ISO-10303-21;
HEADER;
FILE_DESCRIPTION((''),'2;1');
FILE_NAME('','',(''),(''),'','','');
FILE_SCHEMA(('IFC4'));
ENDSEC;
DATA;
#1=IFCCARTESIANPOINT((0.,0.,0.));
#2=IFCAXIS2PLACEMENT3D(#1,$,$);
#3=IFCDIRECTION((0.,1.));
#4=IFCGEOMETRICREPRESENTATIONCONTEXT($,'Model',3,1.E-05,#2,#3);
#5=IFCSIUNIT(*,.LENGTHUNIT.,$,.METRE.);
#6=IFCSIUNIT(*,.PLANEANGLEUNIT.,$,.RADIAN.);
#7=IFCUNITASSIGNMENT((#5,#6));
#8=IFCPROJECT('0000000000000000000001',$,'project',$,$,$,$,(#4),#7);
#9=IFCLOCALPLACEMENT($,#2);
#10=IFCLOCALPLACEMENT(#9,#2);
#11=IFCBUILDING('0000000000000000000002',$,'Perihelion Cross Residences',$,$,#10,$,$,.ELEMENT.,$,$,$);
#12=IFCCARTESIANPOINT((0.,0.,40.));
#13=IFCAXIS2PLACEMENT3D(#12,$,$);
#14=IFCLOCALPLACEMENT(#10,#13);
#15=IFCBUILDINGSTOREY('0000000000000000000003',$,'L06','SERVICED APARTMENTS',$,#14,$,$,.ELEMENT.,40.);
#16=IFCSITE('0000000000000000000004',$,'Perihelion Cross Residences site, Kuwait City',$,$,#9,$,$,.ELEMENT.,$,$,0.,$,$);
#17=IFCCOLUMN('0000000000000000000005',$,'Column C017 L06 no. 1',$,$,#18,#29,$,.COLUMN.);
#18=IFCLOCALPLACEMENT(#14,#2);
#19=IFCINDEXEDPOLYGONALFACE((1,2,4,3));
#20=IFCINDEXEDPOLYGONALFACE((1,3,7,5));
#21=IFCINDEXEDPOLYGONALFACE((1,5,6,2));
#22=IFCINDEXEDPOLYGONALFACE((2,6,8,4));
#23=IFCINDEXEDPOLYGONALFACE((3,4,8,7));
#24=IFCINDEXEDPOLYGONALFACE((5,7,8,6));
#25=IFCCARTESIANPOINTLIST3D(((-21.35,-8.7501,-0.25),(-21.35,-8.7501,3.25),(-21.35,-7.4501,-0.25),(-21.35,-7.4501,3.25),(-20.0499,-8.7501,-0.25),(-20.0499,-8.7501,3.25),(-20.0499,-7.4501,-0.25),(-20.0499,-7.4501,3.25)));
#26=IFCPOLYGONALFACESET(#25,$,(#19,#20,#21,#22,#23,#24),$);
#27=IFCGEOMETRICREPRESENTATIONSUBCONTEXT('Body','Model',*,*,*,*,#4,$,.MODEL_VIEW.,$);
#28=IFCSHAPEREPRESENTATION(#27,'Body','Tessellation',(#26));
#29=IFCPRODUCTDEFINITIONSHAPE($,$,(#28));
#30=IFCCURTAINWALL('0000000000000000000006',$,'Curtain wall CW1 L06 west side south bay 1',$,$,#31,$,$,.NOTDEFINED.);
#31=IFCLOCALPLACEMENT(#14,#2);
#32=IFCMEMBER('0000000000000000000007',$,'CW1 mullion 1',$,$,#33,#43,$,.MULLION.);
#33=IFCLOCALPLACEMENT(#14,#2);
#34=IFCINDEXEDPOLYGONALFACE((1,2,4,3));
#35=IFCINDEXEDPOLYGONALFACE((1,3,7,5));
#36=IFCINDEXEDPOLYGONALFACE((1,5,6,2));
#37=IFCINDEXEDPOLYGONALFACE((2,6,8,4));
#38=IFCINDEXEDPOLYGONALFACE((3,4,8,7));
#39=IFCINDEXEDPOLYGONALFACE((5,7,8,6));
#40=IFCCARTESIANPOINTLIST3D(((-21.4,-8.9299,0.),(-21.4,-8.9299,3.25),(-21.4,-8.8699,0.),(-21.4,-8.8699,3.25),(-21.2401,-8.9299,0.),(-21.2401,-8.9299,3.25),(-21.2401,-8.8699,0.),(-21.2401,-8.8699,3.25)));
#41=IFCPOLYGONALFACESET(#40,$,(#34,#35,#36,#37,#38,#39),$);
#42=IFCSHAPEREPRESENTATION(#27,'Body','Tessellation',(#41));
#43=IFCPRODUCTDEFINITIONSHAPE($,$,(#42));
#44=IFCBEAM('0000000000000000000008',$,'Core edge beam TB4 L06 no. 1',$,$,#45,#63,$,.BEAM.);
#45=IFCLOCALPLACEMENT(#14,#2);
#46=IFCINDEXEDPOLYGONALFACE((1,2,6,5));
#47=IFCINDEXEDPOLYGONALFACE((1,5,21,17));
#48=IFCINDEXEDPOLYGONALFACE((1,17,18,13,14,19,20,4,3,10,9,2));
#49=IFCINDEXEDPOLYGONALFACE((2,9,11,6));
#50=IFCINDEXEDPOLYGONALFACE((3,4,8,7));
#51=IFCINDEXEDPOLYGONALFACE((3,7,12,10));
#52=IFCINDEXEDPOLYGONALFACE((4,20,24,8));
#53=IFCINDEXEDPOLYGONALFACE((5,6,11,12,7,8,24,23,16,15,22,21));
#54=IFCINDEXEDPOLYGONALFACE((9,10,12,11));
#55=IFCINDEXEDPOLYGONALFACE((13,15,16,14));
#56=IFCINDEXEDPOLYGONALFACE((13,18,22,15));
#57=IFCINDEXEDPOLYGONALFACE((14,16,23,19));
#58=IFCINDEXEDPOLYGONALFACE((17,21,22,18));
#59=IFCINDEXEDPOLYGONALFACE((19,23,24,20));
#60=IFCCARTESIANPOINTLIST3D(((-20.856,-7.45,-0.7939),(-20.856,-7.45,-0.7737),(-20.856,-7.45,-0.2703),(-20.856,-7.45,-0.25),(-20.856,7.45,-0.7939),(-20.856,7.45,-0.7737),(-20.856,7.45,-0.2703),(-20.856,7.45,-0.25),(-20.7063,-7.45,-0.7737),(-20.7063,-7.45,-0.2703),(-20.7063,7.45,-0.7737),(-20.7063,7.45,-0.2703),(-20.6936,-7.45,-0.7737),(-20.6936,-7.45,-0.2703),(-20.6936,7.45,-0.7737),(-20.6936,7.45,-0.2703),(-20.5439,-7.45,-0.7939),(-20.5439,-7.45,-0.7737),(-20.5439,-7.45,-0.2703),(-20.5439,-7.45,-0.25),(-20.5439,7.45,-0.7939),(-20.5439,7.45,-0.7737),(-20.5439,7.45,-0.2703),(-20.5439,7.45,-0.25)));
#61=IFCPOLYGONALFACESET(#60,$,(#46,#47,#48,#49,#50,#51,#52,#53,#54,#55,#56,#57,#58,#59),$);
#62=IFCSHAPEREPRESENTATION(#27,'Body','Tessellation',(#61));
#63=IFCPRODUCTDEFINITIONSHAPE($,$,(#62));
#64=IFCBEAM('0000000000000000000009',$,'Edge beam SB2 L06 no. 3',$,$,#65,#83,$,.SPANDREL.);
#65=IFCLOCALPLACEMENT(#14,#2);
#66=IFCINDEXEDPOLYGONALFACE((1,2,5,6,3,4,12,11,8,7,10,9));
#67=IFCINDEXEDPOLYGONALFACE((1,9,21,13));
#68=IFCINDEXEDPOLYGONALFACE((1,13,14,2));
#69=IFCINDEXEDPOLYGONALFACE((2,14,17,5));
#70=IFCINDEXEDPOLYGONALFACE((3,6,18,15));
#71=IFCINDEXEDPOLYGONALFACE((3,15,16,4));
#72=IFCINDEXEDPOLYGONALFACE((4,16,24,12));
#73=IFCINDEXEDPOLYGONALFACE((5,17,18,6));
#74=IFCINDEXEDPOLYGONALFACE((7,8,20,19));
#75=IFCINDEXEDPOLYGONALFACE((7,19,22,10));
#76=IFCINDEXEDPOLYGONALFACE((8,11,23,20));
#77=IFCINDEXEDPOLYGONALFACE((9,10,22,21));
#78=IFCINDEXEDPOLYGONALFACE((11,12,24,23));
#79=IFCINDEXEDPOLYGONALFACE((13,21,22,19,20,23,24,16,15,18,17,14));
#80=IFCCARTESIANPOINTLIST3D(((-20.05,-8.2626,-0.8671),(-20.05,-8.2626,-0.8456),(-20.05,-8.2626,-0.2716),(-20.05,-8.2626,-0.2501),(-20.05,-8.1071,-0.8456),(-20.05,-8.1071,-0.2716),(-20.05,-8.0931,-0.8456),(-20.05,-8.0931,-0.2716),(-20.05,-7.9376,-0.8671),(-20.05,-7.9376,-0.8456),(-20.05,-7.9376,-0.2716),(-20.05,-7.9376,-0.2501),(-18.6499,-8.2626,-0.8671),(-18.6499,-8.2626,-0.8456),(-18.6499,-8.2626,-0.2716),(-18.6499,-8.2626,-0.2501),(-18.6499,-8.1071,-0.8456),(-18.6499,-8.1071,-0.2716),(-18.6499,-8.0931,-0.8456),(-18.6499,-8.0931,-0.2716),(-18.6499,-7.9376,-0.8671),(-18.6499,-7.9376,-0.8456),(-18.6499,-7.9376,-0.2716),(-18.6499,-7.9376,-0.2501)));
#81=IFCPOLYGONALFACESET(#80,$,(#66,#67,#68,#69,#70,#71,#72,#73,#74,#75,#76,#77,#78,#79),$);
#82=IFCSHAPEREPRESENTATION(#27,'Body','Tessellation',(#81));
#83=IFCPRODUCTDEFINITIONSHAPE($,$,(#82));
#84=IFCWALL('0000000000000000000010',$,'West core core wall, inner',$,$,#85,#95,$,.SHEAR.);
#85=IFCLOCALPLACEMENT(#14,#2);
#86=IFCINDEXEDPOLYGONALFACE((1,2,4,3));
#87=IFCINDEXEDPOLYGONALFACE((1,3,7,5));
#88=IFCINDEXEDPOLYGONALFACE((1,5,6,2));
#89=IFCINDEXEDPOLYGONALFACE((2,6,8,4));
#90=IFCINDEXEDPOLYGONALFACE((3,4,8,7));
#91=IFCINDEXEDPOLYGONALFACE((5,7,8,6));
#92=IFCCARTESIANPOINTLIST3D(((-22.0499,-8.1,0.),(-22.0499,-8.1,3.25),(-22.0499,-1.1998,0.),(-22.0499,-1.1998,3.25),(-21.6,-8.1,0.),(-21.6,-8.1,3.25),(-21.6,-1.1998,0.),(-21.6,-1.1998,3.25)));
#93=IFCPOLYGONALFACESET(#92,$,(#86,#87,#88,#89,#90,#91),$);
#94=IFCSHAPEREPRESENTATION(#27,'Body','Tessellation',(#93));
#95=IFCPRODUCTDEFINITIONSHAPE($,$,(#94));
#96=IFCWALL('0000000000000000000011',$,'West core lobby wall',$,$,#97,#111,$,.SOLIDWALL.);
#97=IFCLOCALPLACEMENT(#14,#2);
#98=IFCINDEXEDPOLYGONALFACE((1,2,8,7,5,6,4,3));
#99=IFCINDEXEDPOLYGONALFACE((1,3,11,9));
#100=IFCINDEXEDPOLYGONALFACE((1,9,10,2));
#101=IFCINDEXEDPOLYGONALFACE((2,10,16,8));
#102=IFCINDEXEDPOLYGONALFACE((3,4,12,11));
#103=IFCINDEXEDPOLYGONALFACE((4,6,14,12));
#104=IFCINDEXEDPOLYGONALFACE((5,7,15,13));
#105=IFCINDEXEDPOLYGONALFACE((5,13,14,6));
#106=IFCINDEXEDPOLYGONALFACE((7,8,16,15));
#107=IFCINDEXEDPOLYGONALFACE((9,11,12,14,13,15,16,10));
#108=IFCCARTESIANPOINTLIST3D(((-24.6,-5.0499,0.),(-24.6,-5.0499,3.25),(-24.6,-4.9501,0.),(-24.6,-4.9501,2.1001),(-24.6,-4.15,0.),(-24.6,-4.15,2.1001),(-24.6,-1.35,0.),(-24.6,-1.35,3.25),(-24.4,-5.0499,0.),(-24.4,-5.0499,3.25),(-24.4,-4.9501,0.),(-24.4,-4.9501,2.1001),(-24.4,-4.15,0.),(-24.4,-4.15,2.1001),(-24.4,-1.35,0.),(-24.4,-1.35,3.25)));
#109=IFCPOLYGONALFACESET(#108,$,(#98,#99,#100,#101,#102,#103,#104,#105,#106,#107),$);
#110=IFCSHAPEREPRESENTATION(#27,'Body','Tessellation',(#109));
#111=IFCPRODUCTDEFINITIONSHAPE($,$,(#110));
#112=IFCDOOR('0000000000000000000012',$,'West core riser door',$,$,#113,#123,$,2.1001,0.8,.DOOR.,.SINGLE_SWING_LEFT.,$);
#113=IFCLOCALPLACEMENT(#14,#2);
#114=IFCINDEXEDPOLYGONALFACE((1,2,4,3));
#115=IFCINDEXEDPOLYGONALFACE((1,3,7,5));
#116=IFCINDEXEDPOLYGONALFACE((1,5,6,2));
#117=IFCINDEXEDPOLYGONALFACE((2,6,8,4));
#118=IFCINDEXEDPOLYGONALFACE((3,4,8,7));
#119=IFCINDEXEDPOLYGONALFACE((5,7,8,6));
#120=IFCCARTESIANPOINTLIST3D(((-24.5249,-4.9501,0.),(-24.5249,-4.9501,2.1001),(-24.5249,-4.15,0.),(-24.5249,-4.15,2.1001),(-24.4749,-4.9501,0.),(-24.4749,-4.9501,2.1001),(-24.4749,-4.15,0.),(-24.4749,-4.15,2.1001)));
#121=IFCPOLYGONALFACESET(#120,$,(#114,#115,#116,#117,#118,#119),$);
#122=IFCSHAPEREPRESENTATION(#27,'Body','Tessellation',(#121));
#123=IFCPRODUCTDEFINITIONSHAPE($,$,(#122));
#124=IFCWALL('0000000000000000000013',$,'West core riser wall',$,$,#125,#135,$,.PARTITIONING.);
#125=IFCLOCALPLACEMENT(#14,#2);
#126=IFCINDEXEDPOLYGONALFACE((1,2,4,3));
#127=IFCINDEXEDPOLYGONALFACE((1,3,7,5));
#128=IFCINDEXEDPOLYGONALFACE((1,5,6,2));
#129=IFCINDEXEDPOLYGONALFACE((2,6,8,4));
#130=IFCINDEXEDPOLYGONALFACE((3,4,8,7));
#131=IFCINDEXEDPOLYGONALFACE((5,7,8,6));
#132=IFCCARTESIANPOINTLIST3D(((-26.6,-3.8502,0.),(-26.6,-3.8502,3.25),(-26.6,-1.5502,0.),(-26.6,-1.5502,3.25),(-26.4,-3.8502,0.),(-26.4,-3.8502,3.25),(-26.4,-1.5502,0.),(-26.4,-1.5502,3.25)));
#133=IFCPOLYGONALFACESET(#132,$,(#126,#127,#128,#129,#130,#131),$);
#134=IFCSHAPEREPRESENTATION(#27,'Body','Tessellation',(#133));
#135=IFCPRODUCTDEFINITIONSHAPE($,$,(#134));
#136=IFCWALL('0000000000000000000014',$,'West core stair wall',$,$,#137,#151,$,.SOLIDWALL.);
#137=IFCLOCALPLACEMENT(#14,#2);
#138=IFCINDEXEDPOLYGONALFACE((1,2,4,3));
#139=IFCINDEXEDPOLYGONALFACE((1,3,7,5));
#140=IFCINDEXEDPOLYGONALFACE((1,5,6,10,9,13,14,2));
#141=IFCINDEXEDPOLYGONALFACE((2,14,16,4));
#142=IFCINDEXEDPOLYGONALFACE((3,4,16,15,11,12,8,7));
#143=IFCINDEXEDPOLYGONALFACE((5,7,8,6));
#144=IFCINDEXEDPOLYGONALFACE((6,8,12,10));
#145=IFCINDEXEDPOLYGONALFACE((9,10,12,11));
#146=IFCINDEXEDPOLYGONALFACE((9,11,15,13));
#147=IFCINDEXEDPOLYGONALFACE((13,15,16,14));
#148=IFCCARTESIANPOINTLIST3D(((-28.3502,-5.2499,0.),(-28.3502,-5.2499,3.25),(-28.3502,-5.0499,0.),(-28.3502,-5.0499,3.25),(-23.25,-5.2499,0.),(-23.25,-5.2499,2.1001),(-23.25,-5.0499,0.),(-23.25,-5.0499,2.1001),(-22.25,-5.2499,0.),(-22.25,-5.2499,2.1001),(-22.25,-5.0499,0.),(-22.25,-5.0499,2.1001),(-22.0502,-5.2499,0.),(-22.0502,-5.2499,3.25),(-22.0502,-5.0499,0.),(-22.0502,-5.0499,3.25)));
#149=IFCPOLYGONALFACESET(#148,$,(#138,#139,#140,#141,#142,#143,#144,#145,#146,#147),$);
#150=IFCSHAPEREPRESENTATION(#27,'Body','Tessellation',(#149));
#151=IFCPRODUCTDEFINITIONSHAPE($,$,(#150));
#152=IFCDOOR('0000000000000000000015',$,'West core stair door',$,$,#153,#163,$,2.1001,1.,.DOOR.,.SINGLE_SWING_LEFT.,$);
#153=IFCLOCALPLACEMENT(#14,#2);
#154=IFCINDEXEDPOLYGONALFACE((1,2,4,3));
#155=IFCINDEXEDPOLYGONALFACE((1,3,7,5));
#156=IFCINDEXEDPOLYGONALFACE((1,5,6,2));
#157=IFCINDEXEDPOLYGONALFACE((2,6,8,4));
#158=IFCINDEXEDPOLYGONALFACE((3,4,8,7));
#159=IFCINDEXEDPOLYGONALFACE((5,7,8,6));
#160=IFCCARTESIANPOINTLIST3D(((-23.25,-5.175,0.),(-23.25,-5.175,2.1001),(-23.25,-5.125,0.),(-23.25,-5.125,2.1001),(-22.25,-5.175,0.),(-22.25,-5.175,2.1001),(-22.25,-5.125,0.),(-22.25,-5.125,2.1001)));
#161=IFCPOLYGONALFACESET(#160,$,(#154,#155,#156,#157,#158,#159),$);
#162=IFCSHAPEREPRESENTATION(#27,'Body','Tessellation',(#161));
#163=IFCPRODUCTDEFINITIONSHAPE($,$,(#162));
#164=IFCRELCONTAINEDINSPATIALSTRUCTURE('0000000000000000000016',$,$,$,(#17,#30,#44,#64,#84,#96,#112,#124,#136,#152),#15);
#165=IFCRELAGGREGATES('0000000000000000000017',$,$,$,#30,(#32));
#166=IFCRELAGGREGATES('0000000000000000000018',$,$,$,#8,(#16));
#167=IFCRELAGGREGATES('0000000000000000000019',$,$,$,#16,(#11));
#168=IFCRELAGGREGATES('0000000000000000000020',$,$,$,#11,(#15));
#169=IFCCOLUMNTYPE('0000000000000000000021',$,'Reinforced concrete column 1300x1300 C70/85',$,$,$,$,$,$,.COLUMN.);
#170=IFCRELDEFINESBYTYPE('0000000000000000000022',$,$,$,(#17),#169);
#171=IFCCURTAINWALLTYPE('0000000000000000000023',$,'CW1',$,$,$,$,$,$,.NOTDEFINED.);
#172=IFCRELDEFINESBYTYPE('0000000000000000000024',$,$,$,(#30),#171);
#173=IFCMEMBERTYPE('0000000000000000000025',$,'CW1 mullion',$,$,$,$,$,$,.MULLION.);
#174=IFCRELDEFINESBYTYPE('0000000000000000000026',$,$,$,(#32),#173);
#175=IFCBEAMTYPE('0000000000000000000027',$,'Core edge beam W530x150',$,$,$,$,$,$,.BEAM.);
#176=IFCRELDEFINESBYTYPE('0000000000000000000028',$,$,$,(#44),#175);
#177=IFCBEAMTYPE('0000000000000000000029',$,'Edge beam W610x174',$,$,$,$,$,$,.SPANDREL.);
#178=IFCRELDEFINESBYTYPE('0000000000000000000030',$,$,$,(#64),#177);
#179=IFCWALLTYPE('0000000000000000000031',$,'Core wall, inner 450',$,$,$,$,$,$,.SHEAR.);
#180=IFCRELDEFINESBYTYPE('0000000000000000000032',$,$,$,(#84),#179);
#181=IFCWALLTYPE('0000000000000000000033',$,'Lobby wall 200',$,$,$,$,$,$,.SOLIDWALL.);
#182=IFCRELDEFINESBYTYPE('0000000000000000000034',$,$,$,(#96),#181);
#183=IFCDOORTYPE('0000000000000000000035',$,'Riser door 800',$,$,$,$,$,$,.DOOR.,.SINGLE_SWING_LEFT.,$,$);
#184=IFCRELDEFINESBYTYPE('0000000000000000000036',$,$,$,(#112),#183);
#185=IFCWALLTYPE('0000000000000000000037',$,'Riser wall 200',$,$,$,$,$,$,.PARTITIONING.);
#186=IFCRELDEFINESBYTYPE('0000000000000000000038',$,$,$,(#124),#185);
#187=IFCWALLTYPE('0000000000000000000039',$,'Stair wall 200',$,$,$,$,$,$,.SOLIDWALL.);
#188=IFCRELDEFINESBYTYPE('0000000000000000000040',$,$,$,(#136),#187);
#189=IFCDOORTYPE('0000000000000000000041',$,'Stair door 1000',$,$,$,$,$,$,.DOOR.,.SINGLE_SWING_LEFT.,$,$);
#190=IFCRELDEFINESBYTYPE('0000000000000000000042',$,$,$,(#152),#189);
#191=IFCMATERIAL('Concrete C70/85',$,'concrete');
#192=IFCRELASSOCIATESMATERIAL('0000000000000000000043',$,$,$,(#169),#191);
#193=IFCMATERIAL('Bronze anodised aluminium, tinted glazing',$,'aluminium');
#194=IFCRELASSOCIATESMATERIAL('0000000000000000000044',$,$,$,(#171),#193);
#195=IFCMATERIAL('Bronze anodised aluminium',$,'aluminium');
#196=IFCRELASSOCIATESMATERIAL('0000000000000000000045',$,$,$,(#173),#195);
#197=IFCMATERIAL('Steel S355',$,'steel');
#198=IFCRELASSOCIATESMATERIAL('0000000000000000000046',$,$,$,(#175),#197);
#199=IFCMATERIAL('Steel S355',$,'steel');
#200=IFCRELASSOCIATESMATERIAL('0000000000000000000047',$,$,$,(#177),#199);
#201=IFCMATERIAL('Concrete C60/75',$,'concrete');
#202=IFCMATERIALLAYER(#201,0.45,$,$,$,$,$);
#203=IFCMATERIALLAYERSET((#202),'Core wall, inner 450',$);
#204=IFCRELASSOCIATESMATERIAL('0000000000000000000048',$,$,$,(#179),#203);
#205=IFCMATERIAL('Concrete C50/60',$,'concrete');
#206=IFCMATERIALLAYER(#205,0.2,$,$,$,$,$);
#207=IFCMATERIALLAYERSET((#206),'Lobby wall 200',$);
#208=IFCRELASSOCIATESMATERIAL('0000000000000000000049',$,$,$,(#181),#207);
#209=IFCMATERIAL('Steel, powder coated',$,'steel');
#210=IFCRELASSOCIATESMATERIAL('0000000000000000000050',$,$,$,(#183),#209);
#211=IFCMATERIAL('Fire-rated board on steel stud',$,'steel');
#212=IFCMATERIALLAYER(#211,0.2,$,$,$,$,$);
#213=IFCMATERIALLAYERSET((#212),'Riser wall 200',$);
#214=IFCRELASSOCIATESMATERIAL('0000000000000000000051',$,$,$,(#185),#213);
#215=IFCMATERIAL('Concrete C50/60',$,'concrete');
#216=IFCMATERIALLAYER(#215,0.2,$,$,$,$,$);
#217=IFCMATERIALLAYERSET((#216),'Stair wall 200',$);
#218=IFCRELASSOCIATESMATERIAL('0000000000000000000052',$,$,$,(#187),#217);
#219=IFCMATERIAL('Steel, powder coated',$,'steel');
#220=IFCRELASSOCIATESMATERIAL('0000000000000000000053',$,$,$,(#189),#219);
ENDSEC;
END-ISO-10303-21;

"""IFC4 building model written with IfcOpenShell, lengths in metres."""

from ifc_helpers import new_model, si_unit, direction, frame, frame_2d, origin, origin_2d, place, context, subcontext, project, spatial, rectangle, i_section, extrude, material, layer, layer_set, material_profile, profile_set, type_object, element, fill, aggregate, save


model = new_model("IFC4")

# Units and contexts
model_context = context("Model", 3, precision=1e-05, world=origin(), true_north=direction((0.0, 1.0)))
body_context = subcontext(model_context, "Body", "Model", "MODEL_VIEW")
ifc_project = project(units=[si_unit("LENGTHUNIT", "METRE"), si_unit("PLANEANGLEUNIT", "RADIAN")], contexts=[model_context])

# Site, building, storey
site_placement = place(None, origin())
site = spatial("IfcSite", under=ifc_project, at=site_placement, Name="Perihelion Cross Residences site, Kuwait City", CompositionType="ELEMENT", RefElevation=0.0)
building_placement = place(site_placement, origin())
building = spatial("IfcBuilding", under=site, at=building_placement, Name="Perihelion Cross Residences", CompositionType="ELEMENT")
storey_placement = place(building_placement, frame((0.0, 0.0, 40.0)))
storey = spatial("IfcBuildingStorey", under=building, at=storey_placement, Name="L06", Description="SERVICED APARTMENTS", CompositionType="ELEMENT", Elevation=40.0)

# Column
ifc_material_1 = material(Name="Concrete C70/85", Category="concrete")
ifc_material_profile_1 = material_profile(ifc_material_1, rectangle(XDim=1.3, YDim=1.3, at=origin_2d()), Name="RC 1300x1300")
ifc_profile_set_1 = profile_set([ifc_material_profile_1], Name="Concrete C70/85")
column_type = type_object("IfcColumnType", Name="Reinforced concrete column 1300x1300 C70/85", PredefinedType="COLUMN", material=ifc_profile_set_1)
column_placement = place(storey_placement, frame((-20.7, -8.1001, -0.25), z_axis=(0.0, 0.0, 1.0), x_axis=(1.0, 0.0, 0.0)))
element("IfcColumn", 1, at=column_placement, inside=storey, type_object=column_type, Name="Column C017 L06 no. 1", PredefinedType="COLUMN", context=body_context, shape_type="SweptSolid", body=[
    extrude(rectangle(XDim=1.3, YDim=1.3, at=origin_2d()), origin(), (0.0, 0.0, 1.0), 3.5),
])

# Curtain wall, member
ifc_material_2 = material(Name="Bronze anodised aluminium, tinted glazing", Category="aluminium")
curtain_wall_type = type_object("IfcCurtainWallType", Name="CW1", PredefinedType="NOTDEFINED", material=ifc_material_2)
curtain_wall_placement = place(storey_placement, origin())
curtain_wall = element("IfcCurtainWall", 2, at=curtain_wall_placement, inside=storey, type_object=curtain_wall_type, Name="Curtain wall CW1 L06 west side south bay 1", PredefinedType="NOTDEFINED")
ifc_material_3 = material(Name="Bronze anodised aluminium", Category="aluminium")
ifc_material_profile_2 = material_profile(ifc_material_3, rectangle(XDim=0.0601, YDim=0.1599, at=origin_2d()), Name="CW1 mullion")
ifc_profile_set_2 = profile_set([ifc_material_profile_2], Name="Bronze anodised aluminium")
member_type = type_object("IfcMemberType", Name="CW1 mullion", PredefinedType="MULLION", material=ifc_profile_set_2)
member_placement = place(storey_placement, frame((-21.3201, -8.8999, 0.0), z_axis=(0.0, 0.0, 1.0), x_axis=(0.0, 1.0, 0.0)))
member = element("IfcMember", 3, at=member_placement, type_object=member_type, Name="CW1 mullion 1", PredefinedType="MULLION", context=body_context, shape_type="SweptSolid", body=[
    extrude(rectangle(XDim=0.0601, YDim=0.1599, at=origin_2d()), origin(), (0.0, 0.0, 1.0), 3.25),
])
aggregate(curtain_wall, [member])

# Beams
ifc_material_4 = material(Name="Steel S355", Category="steel")
ifc_material_profile_3 = material_profile(ifc_material_4, i_section(OverallWidth=0.312, OverallDepth=0.5439, WebThickness=0.0127, FlangeThickness=0.0203, at=origin_2d()), Name="W530x150")
ifc_profile_set_3 = profile_set([ifc_material_profile_3], Name="Steel S355")
beam_type_1 = type_object("IfcBeamType", Name="Core edge beam W530x150", PredefinedType="BEAM", material=ifc_profile_set_3)
beam_1_placement = place(storey_placement, frame((-20.7, -7.45, -0.522), z_axis=(0.0, 1.0, 0.0), x_axis=(-1.0, 0.0, 0.0)))
element("IfcBeam", 4, at=beam_1_placement, inside=storey, type_object=beam_type_1, Name="Core edge beam TB4 L06 no. 1", PredefinedType="BEAM", context=body_context, shape_type="SweptSolid", body=[
    extrude(i_section(OverallWidth=0.312, OverallDepth=0.5439, WebThickness=0.0127, FlangeThickness=0.0203, at=origin_2d()), origin(), (0.0, 0.0, 1.0), 14.8999),
])
ifc_material_5 = material(Name="Steel S355", Category="steel")
ifc_material_profile_4 = material_profile(ifc_material_5, i_section(OverallWidth=0.325, OverallDepth=0.6169, WebThickness=0.0139, FlangeThickness=0.0215, at=origin_2d()), Name="W610x174")
ifc_profile_set_4 = profile_set([ifc_material_profile_4], Name="Steel S355")
beam_type_2 = type_object("IfcBeamType", Name="Edge beam W610x174", PredefinedType="SPANDREL", material=ifc_profile_set_4)
beam_2_placement = place(storey_placement, frame((-20.05, -8.1001, -0.5586), z_axis=(1.0, 0.0, 0.0), x_axis=(0.0, 1.0, 0.0)))
element("IfcBeam", 5, at=beam_2_placement, inside=storey, type_object=beam_type_2, Name="Edge beam SB2 L06 no. 3", PredefinedType="SPANDREL", context=body_context, shape_type="SweptSolid", body=[
    extrude(i_section(OverallWidth=0.325, OverallDepth=0.6169, WebThickness=0.0139, FlangeThickness=0.0215, at=origin_2d()), origin(), (0.0, 0.0, 1.0), 1.4001),
])

# Wall
ifc_material_6 = material(Name="Concrete C60/75", Category="concrete")
ifc_layer_1 = layer(ifc_material_6, 0.45)
ifc_layer_set_1 = layer_set([ifc_layer_1], Name="Core wall, inner 450")
wall_type_1 = type_object("IfcWallType", Name="Core wall, inner 450", PredefinedType="SHEAR", material=ifc_layer_set_1)
wall_1_placement = place(storey_placement, frame((-21.825, -8.1001, 0.0), z_axis=(0.0, 0.0, 1.0), x_axis=(0.0, 1.0, 0.0)))
element("IfcWall", 6, at=wall_1_placement, inside=storey, type_object=wall_type_1, Name="West core core wall, inner", PredefinedType="SHEAR", context=body_context, shape_type="SweptSolid", body=[
    extrude(rectangle(XDim=6.9001, YDim=0.45, at=frame_2d((3.4502, 0.0))), origin(), (0.0, 0.0, 1.0), 3.25),
])

# Wall, opening, door
ifc_material_7 = material(Name="Concrete C50/60", Category="concrete")
ifc_layer_2 = layer(ifc_material_7, 0.2)
ifc_layer_set_2 = layer_set([ifc_layer_2], Name="Lobby wall 200")
wall_type_2 = type_object("IfcWallType", Name="Lobby wall 200", PredefinedType="SOLIDWALL", material=ifc_layer_set_2)
wall_2_placement = place(storey_placement, frame((-24.5, -5.05, 0.0), z_axis=(0.0, 0.0, 1.0), x_axis=(0.0, 1.0, 0.0)))
wall_2 = element("IfcWall", 7, at=wall_2_placement, inside=storey, type_object=wall_type_2, Name="West core lobby wall", PredefinedType="SOLIDWALL", context=body_context, shape_type="SweptSolid", body=[
    extrude(rectangle(XDim=3.7, YDim=0.2, at=frame_2d((1.8501, 0.0))), origin(), (0.0, 0.0, 1.0), 3.25),
])
opening_1_placement = place(wall_2_placement, frame((0.1001, 0.0, 0.0)))
opening_1 = element("IfcOpeningElement", 8, at=opening_1_placement, cuts=wall_2, PredefinedType="OPENING", context=body_context, shape_type="SweptSolid", body=[
    extrude(rectangle(XDim=0.8, YDim=2.1001, at=frame_2d((0.3999, 1.05))), frame((0.0, 0.1099, 0.0), z_axis=(0.0, -1.0, 0.0), x_axis=(1.0, 0.0, 0.0)), (0.0, 0.0, 1.0), 0.22),
])
ifc_material_8 = material(Name="Steel, powder coated", Category="steel")
door_type_1 = type_object("IfcDoorType", Name="Riser door 800", OperationType="SINGLE_SWING_LEFT", PredefinedType="DOOR", material=ifc_material_8)
door_1_placement = place(opening_1_placement, origin())
door_1 = element("IfcDoor", 9, at=door_1_placement, inside=storey, type_object=door_type_1, Name="West core riser door", OperationType="SINGLE_SWING_LEFT", OverallHeight=2.1001, OverallWidth=0.8, PredefinedType="DOOR", context=body_context, shape_type="SweptSolid", body=[
    extrude(rectangle(XDim=0.8, YDim=2.1001, at=frame_2d((0.3999, 1.05))), frame((0.0, 0.0249, 0.0), z_axis=(0.0, -1.0, 0.0), x_axis=(1.0, 0.0, 0.0)), (0.0, 0.0, 1.0), 0.05),
])
fill(opening_1, door_1)

# Wall
ifc_material_9 = material(Name="Fire-rated board on steel stud", Category="steel")
ifc_layer_3 = layer(ifc_material_9, 0.2)
ifc_layer_set_3 = layer_set([ifc_layer_3], Name="Riser wall 200")
wall_type_3 = type_object("IfcWallType", Name="Riser wall 200", PredefinedType="PARTITIONING", material=ifc_layer_set_3)
wall_3_placement = place(storey_placement, frame((-26.5, -3.8501, 0.0), z_axis=(0.0, 0.0, 1.0), x_axis=(0.0, 1.0, 0.0)))
element("IfcWall", 10, at=wall_3_placement, inside=storey, type_object=wall_type_3, Name="West core riser wall", PredefinedType="PARTITIONING", context=body_context, shape_type="SweptSolid", body=[
    extrude(rectangle(XDim=2.3, YDim=0.2, at=frame_2d((1.1499, 0.0))), origin(), (0.0, 0.0, 1.0), 3.25),
])

# Wall, opening, door
ifc_material_10 = material(Name="Concrete C50/60", Category="concrete")
ifc_layer_4 = layer(ifc_material_10, 0.2)
ifc_layer_set_4 = layer_set([ifc_layer_4], Name="Stair wall 200")
wall_type_4 = type_object("IfcWallType", Name="Stair wall 200", PredefinedType="SOLIDWALL", material=ifc_layer_set_4)
wall_4_placement = place(storey_placement, frame((-28.3501, -5.1499, 0.0), z_axis=(0.0, 0.0, 1.0), x_axis=(1.0, 0.0, 0.0)))
wall_4 = element("IfcWall", 11, at=wall_4_placement, inside=storey, type_object=wall_type_4, Name="West core stair wall", PredefinedType="SOLIDWALL", context=body_context, shape_type="SweptSolid", body=[
    extrude(rectangle(XDim=6.3, YDim=0.2, at=frame_2d((3.1499, 0.0))), origin(), (0.0, 0.0, 1.0), 3.25),
])
opening_2_placement = place(wall_4_placement, frame((5.1001, 0.0, 0.0)))
opening_2 = element("IfcOpeningElement", 12, at=opening_2_placement, cuts=wall_4, PredefinedType="OPENING", context=body_context, shape_type="SweptSolid", body=[
    extrude(rectangle(XDim=1.0, YDim=2.1001, at=frame_2d((0.5, 1.05))), frame((0.0, 0.1099, 0.0), z_axis=(0.0, -1.0, 0.0), x_axis=(1.0, 0.0, 0.0)), (0.0, 0.0, 1.0), 0.22),
])
ifc_material_11 = material(Name="Steel, powder coated", Category="steel")
door_type_2 = type_object("IfcDoorType", Name="Stair door 1000", OperationType="SINGLE_SWING_LEFT", PredefinedType="DOOR", material=ifc_material_11)
door_2_placement = place(opening_2_placement, origin())
door_2 = element("IfcDoor", 13, at=door_2_placement, inside=storey, type_object=door_type_2, Name="West core stair door", OperationType="SINGLE_SWING_LEFT", OverallHeight=2.1001, OverallWidth=1.0, PredefinedType="DOOR", context=body_context, shape_type="SweptSolid", body=[
    extrude(rectangle(XDim=1.0, YDim=2.1001, at=frame_2d((0.5, 1.05))), frame((0.0, 0.0249, 0.0), z_axis=(0.0, -1.0, 0.0), x_axis=(1.0, 0.0, 0.0)), (0.0, 0.0, 1.0), 0.05),
])
fill(opening_2, door_2)

save(model, "model.ifc")
